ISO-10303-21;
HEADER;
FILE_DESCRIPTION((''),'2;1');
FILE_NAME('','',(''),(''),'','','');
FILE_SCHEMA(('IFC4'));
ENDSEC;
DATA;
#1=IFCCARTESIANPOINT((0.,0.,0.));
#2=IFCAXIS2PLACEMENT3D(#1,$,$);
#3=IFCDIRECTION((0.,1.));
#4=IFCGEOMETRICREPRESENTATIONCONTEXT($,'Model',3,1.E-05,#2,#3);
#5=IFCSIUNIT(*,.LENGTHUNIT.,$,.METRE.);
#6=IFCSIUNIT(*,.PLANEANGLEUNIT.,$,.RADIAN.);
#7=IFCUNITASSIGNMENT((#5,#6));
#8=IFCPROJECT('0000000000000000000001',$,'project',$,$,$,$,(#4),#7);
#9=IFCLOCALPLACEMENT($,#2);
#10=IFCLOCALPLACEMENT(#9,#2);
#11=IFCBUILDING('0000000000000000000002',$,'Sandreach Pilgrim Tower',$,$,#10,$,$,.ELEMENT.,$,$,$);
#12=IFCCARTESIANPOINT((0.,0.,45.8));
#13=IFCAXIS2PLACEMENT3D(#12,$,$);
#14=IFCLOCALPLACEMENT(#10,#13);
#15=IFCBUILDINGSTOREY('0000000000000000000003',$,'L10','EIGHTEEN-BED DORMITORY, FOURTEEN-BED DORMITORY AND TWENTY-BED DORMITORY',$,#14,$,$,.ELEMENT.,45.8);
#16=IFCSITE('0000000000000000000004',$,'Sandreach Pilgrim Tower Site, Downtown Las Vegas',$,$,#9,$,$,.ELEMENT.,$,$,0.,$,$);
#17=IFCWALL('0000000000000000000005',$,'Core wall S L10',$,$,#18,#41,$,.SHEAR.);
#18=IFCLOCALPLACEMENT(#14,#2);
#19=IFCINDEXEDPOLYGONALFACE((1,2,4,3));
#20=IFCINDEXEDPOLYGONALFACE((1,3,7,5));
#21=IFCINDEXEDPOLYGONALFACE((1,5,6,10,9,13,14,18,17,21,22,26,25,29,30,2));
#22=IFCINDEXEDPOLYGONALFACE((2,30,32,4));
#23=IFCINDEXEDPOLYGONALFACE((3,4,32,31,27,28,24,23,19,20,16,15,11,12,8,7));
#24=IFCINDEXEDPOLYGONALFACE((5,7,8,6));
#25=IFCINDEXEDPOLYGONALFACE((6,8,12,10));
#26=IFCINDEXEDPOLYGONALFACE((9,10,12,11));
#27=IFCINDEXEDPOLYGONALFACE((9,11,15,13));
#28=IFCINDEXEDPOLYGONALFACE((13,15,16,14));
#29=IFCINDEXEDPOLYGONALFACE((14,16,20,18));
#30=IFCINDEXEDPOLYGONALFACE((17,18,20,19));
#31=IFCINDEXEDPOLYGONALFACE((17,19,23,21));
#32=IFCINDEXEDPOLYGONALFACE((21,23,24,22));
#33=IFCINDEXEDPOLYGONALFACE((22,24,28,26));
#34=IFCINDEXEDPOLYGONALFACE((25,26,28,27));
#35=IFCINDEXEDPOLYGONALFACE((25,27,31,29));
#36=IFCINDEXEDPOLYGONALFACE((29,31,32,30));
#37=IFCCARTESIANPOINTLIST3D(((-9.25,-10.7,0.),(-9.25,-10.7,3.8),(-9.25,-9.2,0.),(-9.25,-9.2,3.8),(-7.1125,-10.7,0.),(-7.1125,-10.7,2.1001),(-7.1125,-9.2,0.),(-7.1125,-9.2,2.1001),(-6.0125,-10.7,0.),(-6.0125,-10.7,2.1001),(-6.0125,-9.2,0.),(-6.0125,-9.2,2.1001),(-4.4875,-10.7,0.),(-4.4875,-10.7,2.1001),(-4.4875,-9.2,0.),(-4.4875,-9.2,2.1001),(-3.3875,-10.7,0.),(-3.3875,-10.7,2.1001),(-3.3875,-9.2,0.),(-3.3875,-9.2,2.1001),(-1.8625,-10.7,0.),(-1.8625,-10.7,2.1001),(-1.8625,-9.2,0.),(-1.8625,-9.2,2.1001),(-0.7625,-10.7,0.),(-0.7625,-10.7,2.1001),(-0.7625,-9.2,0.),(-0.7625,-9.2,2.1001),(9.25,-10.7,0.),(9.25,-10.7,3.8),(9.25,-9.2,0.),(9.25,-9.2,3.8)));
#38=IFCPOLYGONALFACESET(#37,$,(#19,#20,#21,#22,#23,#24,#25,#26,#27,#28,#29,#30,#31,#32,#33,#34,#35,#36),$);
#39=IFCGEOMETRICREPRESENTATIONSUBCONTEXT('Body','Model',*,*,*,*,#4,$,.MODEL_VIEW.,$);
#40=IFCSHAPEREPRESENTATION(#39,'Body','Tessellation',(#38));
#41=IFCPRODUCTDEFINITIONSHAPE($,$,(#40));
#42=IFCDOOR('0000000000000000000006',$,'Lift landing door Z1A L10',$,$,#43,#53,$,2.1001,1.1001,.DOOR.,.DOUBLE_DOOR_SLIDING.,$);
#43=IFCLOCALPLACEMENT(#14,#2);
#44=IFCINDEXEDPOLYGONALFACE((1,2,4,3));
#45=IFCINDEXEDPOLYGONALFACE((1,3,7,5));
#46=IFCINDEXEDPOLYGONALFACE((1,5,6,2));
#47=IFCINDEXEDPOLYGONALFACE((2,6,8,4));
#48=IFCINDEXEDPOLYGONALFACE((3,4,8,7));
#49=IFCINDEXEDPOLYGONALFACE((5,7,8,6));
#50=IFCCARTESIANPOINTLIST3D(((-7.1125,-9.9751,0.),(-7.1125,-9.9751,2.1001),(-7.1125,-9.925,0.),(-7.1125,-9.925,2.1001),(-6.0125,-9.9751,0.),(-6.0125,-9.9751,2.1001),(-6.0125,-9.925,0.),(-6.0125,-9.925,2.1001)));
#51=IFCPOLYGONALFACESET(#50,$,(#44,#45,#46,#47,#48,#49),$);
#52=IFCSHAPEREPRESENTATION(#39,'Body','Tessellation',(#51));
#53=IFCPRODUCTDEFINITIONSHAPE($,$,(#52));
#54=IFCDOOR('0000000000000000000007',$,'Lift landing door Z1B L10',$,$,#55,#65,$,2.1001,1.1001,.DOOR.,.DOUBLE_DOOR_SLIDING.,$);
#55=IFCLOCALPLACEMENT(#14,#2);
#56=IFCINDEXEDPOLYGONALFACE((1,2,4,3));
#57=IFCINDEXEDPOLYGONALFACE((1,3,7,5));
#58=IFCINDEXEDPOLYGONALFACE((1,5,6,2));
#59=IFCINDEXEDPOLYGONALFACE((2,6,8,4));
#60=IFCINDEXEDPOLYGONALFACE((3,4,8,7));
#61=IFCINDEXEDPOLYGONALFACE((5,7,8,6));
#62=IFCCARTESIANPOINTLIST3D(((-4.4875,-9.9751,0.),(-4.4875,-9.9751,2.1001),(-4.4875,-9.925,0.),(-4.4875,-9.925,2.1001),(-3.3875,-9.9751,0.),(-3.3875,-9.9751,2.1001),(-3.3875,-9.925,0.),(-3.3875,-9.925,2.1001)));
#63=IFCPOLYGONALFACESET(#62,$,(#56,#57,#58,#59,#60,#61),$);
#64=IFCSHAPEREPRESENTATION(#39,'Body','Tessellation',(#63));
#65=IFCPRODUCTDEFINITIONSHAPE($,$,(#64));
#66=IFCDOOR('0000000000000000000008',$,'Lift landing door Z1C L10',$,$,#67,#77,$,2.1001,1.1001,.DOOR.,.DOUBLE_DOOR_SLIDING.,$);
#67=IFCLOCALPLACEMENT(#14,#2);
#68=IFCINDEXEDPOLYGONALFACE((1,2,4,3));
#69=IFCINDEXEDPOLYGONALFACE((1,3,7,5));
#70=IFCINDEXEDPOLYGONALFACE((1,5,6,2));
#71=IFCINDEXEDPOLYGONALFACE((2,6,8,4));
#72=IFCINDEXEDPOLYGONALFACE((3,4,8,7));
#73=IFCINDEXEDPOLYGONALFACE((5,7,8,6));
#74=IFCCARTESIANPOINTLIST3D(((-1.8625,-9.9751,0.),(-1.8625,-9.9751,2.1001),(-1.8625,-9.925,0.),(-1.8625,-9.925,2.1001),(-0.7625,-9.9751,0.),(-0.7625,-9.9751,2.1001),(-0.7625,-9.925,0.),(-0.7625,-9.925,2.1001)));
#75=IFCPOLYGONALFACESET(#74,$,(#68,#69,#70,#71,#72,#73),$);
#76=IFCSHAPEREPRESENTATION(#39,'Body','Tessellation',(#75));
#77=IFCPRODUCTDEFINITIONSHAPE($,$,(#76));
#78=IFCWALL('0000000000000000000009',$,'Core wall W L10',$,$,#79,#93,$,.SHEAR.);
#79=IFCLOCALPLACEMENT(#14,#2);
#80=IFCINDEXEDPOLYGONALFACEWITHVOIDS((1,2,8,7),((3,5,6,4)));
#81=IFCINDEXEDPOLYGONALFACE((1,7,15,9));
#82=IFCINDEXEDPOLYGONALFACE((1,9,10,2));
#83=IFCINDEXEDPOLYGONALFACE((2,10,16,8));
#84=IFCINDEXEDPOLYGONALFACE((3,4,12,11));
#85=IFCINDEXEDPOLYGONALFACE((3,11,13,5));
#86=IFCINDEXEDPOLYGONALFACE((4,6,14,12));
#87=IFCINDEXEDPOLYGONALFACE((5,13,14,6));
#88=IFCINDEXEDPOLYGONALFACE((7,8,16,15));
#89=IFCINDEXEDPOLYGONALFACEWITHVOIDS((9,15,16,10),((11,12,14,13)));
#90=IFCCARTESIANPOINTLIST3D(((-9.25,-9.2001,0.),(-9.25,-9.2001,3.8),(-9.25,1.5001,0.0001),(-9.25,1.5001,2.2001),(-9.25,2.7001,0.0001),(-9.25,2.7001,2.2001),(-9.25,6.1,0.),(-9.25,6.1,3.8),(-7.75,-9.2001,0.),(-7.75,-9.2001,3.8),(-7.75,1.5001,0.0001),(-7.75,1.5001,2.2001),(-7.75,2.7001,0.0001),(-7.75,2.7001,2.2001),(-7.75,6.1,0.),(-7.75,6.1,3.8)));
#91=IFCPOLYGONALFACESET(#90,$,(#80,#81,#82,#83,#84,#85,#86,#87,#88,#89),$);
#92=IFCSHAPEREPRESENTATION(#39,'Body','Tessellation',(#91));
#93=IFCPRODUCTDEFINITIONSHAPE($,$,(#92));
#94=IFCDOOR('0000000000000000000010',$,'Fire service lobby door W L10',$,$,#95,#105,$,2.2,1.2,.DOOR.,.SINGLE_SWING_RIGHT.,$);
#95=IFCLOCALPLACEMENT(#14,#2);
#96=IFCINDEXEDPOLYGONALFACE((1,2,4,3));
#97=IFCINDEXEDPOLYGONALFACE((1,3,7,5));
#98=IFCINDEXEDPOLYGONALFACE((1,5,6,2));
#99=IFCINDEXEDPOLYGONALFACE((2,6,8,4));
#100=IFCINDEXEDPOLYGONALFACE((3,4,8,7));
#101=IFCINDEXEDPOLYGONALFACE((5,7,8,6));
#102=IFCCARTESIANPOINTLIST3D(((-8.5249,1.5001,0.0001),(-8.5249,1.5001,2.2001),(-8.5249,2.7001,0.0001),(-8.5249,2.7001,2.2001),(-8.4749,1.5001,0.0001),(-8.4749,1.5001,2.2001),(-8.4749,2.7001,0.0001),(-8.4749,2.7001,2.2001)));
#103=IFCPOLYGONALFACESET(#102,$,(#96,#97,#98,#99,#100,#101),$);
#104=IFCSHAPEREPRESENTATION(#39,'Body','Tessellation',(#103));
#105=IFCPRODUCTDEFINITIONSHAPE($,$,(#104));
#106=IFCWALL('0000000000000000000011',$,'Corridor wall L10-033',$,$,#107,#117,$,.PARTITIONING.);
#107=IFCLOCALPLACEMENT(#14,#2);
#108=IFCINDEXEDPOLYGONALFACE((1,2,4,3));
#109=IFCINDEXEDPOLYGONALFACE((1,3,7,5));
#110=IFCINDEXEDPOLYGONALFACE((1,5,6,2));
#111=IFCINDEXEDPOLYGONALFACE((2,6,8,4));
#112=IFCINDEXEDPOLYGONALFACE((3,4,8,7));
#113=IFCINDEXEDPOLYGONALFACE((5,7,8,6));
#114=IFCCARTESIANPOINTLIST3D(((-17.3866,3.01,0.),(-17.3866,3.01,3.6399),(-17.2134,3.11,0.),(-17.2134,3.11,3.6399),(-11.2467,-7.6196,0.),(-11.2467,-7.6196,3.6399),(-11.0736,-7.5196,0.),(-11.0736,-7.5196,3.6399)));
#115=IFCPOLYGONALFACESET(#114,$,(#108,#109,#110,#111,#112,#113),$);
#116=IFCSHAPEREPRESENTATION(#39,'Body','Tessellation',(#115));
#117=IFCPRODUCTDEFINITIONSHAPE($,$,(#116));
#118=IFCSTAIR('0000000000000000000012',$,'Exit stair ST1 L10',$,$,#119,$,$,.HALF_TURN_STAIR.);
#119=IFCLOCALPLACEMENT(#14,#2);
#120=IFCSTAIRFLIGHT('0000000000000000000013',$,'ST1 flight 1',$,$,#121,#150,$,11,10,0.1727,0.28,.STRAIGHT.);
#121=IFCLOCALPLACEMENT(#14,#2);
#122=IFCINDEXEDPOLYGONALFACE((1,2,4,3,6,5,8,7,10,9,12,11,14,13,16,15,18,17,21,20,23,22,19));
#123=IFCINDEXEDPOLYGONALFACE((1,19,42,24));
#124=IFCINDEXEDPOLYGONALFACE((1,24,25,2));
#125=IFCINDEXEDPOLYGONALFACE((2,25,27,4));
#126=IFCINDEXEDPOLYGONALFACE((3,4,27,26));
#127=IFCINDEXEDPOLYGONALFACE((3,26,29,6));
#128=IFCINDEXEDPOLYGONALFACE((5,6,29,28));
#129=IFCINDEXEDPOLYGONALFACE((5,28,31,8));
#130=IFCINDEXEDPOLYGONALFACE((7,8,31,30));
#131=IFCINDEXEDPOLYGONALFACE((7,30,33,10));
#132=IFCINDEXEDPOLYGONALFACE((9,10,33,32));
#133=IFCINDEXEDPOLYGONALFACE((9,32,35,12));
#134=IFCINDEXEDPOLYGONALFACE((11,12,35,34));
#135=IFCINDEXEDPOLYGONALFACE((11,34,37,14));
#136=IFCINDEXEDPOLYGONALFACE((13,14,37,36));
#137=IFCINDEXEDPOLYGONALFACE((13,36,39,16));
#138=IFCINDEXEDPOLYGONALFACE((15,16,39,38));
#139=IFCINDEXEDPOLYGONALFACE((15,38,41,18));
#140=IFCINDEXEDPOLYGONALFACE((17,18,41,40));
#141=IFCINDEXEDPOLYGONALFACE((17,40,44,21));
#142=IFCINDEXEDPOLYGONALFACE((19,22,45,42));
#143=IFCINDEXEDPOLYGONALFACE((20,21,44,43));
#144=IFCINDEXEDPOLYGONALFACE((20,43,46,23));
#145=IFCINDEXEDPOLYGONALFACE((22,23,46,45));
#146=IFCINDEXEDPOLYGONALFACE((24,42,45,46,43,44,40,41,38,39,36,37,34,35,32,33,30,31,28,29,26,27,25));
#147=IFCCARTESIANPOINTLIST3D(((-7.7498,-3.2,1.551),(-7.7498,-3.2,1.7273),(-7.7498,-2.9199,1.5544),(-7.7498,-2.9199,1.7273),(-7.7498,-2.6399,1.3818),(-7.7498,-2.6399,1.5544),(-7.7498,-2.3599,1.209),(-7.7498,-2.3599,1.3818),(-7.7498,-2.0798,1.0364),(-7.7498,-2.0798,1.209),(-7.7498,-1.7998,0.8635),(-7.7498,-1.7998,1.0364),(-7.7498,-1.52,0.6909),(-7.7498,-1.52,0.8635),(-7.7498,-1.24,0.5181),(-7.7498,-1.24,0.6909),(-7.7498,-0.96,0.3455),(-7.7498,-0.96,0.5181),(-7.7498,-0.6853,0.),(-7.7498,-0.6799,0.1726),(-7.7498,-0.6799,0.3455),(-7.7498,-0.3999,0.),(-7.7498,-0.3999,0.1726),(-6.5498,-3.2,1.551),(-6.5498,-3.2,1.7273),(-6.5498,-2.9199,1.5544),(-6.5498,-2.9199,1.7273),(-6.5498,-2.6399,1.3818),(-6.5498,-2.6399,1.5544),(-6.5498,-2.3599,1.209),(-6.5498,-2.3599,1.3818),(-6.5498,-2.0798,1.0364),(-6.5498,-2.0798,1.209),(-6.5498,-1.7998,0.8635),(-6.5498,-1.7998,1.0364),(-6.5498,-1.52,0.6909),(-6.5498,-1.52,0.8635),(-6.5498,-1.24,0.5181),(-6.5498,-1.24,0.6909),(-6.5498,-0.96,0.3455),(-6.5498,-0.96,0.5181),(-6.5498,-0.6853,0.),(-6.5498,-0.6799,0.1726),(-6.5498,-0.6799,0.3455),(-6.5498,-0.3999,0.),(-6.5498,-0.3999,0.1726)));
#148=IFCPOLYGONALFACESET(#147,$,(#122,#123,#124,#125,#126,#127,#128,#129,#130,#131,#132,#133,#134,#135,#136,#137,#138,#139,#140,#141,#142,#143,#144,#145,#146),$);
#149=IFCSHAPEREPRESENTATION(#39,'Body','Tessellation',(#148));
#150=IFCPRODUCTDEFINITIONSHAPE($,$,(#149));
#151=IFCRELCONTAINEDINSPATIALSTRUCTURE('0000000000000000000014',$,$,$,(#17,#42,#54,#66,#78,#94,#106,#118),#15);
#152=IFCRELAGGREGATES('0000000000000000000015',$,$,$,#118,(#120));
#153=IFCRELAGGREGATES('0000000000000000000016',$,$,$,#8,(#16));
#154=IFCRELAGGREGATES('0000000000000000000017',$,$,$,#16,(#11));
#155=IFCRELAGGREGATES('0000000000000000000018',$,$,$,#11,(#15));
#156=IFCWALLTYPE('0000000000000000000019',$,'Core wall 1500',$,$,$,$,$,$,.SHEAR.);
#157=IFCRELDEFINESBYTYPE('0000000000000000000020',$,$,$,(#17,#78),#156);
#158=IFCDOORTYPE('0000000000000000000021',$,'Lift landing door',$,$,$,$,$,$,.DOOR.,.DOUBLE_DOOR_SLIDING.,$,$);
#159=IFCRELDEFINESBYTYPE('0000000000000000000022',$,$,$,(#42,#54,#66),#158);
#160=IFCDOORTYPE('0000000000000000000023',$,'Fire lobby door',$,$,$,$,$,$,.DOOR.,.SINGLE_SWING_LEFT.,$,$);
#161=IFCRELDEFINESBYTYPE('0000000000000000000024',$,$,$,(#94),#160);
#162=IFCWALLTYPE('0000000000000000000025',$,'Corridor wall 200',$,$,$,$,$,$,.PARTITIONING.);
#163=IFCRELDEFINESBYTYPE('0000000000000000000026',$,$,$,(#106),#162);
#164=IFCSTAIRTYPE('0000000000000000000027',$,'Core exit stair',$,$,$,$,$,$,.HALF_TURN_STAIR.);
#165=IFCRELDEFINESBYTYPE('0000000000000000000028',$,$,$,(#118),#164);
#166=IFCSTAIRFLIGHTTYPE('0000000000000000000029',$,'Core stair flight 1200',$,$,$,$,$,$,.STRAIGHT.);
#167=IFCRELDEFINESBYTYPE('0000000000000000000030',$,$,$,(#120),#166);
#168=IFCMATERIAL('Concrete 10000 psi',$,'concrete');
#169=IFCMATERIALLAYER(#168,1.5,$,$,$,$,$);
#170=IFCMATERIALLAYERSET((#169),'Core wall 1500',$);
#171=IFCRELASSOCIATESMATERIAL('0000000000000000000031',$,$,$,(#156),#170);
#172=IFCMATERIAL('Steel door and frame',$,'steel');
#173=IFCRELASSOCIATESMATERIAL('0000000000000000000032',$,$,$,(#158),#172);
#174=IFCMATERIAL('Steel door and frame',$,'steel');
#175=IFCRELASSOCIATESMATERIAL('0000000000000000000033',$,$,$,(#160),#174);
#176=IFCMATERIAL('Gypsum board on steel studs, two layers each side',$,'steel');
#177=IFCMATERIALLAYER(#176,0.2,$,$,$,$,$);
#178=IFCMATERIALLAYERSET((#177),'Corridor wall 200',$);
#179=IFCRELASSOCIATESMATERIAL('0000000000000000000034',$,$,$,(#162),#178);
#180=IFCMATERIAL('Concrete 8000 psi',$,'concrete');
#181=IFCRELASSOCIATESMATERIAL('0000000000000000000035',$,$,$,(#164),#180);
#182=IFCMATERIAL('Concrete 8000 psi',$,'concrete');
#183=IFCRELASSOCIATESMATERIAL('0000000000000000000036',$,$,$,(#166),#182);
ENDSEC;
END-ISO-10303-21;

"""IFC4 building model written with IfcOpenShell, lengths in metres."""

from ifc_helpers import new_model, si_unit, direction, frame, frame_2d, origin, place, context, subcontext, project, spatial, polyline, rectangle, outline, extrude, material, layer, layer_set, type_object, element, fill, aggregate, save


model = new_model("IFC4")

# Units and contexts
model_context = context("Model", 3, precision=1e-05, world=origin(), true_north=direction((0.0, 1.0)))
body_context = subcontext(model_context, "Body", "Model", "MODEL_VIEW")
ifc_project = project(units=[si_unit("LENGTHUNIT", "METRE"), si_unit("PLANEANGLEUNIT", "RADIAN")], contexts=[model_context])

# Site, building, storey
site_placement = place(None, origin())
site = spatial("IfcSite", under=ifc_project, at=site_placement, Name="Sandreach Pilgrim Tower Site, Downtown Las Vegas", CompositionType="ELEMENT", RefElevation=0.0)
building_placement = place(site_placement, origin())
building = spatial("IfcBuilding", under=site, at=building_placement, Name="Sandreach Pilgrim Tower", CompositionType="ELEMENT")
storey_placement = place(building_placement, frame((0.0, 0.0, 45.8)))
storey = spatial("IfcBuildingStorey", under=building, at=storey_placement, Name="L10", Description="EIGHTEEN-BED DORMITORY, FOURTEEN-BED DORMITORY AND TWENTY-BED DORMITORY", CompositionType="ELEMENT", Elevation=45.8)

# Wall, openings, doors
ifc_material_1 = material(Name="Concrete 10000 psi", Category="concrete")
ifc_layer_1 = layer(ifc_material_1, 1.5)
ifc_layer_set_1 = layer_set([ifc_layer_1], Name="Core wall 1500")
wall_type_1 = type_object("IfcWallType", Name="Core wall 1500", PredefinedType="SHEAR", material=ifc_layer_set_1)
wall_1_placement = place(storey_placement, frame((-9.25, -9.95, 0.0), z_axis=(0.0, 0.0, 1.0), x_axis=(1.0, 0.0, 0.0)))
wall_1 = element("IfcWall", 1, at=wall_1_placement, inside=storey, type_object=wall_type_1, Name="Core wall S L10", PredefinedType="SHEAR", context=body_context, shape_type="SweptSolid", body=[
    extrude(rectangle(XDim=18.5, YDim=1.5, at=frame_2d((9.25, 0.0))), origin(), (0.0, 0.0, 1.0), 3.8),
])
opening_1_placement = place(wall_1_placement, frame((2.1375, 0.0, 0.0)))
opening_1 = element("IfcOpeningElement", 2, at=opening_1_placement, cuts=wall_1, PredefinedType="OPENING", context=body_context, shape_type="SweptSolid", body=[
    extrude(rectangle(XDim=1.1001, YDim=2.1001, at=frame_2d((0.55, 1.05))), frame((0.0, 0.75, 0.0), z_axis=(0.0, -1.0, 0.0), x_axis=(1.0, 0.0, 0.0)), (0.0, 0.0, 1.0), 1.5),
])
opening_2_placement = place(wall_1_placement, frame((4.7625, 0.0, 0.0)))
opening_2 = element("IfcOpeningElement", 3, at=opening_2_placement, cuts=wall_1, PredefinedType="OPENING", context=body_context, shape_type="SweptSolid", body=[
    extrude(rectangle(XDim=1.1001, YDim=2.1001, at=frame_2d((0.55, 1.05))), frame((0.0, 0.75, 0.0), z_axis=(0.0, -1.0, 0.0), x_axis=(1.0, 0.0, 0.0)), (0.0, 0.0, 1.0), 1.5),
])
opening_3_placement = place(wall_1_placement, frame((7.3875, 0.0, 0.0)))
opening_3 = element("IfcOpeningElement", 4, at=opening_3_placement, cuts=wall_1, PredefinedType="OPENING", context=body_context, shape_type="SweptSolid", body=[
    extrude(rectangle(XDim=1.1001, YDim=2.1001, at=frame_2d((0.55, 1.05))), frame((0.0, 0.75, 0.0), z_axis=(0.0, -1.0, 0.0), x_axis=(1.0, 0.0, 0.0)), (0.0, 0.0, 1.0), 1.5),
])
ifc_material_2 = material(Name="Steel door and frame", Category="steel")
door_type_1 = type_object("IfcDoorType", Name="Lift landing door", OperationType="DOUBLE_DOOR_SLIDING", PredefinedType="DOOR", material=ifc_material_2)
door_1_placement = place(opening_1_placement, origin())
door_1 = element("IfcDoor", 5, at=door_1_placement, inside=storey, type_object=door_type_1, Name="Lift landing door Z1A L10", OperationType="DOUBLE_DOOR_SLIDING", OverallHeight=2.1001, OverallWidth=1.1001, PredefinedType="DOOR", context=body_context, shape_type="SweptSolid", body=[
    extrude(rectangle(XDim=1.1001, YDim=2.1001, at=frame_2d((0.55, 1.05))), frame((0.0, 0.0249, 0.0), z_axis=(0.0, -1.0, 0.0), x_axis=(1.0, 0.0, 0.0)), (0.0, 0.0, 1.0), 0.05),
])
fill(opening_1, door_1)
door_2_placement = place(opening_2_placement, origin())
door_2 = element("IfcDoor", 6, at=door_2_placement, inside=storey, type_object=door_type_1, Name="Lift landing door Z1B L10", OperationType="DOUBLE_DOOR_SLIDING", OverallHeight=2.1001, OverallWidth=1.1001, PredefinedType="DOOR", context=body_context, shape_type="SweptSolid", body=[
    extrude(rectangle(XDim=1.1001, YDim=2.1001, at=frame_2d((0.55, 1.05))), frame((0.0, 0.0249, 0.0), z_axis=(0.0, -1.0, 0.0), x_axis=(1.0, 0.0, 0.0)), (0.0, 0.0, 1.0), 0.05),
])
fill(opening_2, door_2)
door_3_placement = place(opening_3_placement, origin())
door_3 = element("IfcDoor", 7, at=door_3_placement, inside=storey, type_object=door_type_1, Name="Lift landing door Z1C L10", OperationType="DOUBLE_DOOR_SLIDING", OverallHeight=2.1001, OverallWidth=1.1001, PredefinedType="DOOR", context=body_context, shape_type="SweptSolid", body=[
    extrude(rectangle(XDim=1.1001, YDim=2.1001, at=frame_2d((0.55, 1.05))), frame((0.0, 0.0249, 0.0), z_axis=(0.0, -1.0, 0.0), x_axis=(1.0, 0.0, 0.0)), (0.0, 0.0, 1.0), 0.05),
])
fill(opening_3, door_3)

# Wall, opening, door
wall_2_placement = place(storey_placement, frame((-8.5, -9.2, 0.0), z_axis=(0.0, 0.0, 1.0), x_axis=(0.0, 1.0, 0.0)))
wall_2 = element("IfcWall", 8, at=wall_2_placement, inside=storey, type_object=wall_type_1, Name="Core wall W L10", PredefinedType="SHEAR", context=body_context, shape_type="SweptSolid", body=[
    extrude(rectangle(XDim=15.3, YDim=1.5, at=frame_2d((7.6499, 0.0))), origin(), (0.0, 0.0, 1.0), 3.8),
])
opening_4_placement = place(wall_2_placement, frame((10.7, 0.0, 0.0)))
opening_4 = element("IfcOpeningElement", 9, at=opening_4_placement, cuts=wall_2, PredefinedType="OPENING", context=body_context, shape_type="SweptSolid", body=[
    extrude(rectangle(XDim=1.2, YDim=2.2, at=frame_2d((0.6001, 1.1001))), frame((0.0, 0.75, 0.0), z_axis=(0.0, -1.0, 0.0), x_axis=(1.0, 0.0, 0.0)), (0.0, 0.0, 1.0), 1.5),
])
ifc_material_3 = material(Name="Steel door and frame", Category="steel")
door_type_2 = type_object("IfcDoorType", Name="Fire lobby door", OperationType="SINGLE_SWING_LEFT", PredefinedType="DOOR", material=ifc_material_3)
door_4_placement = place(opening_4_placement, origin())
door_4 = element("IfcDoor", 10, at=door_4_placement, inside=storey, type_object=door_type_2, Name="Fire service lobby door W L10", OperationType="SINGLE_SWING_RIGHT", OverallHeight=2.2, OverallWidth=1.2, PredefinedType="DOOR", context=body_context, shape_type="SweptSolid", body=[
    extrude(rectangle(XDim=1.2, YDim=2.2, at=frame_2d((0.6001, 1.1001))), frame((0.0, 0.0249, 0.0), z_axis=(0.0, -1.0, 0.0), x_axis=(1.0, 0.0, 0.0)), (0.0, 0.0, 1.0), 0.05),
])
fill(opening_4, door_4)
ifc_material_4 = material(Name="Gypsum board on steel studs, two layers each side", Category="steel")
ifc_layer_2 = layer(ifc_material_4, 0.2)
ifc_layer_set_2 = layer_set([ifc_layer_2], Name="Corridor wall 200")
wall_type_2 = type_object("IfcWallType", Name="Corridor wall 200", PredefinedType="PARTITIONING", material=ifc_layer_set_2)

# Wall
wall_3_placement = place(storey_placement, frame((-11.1602, -7.5696, 0.0), z_axis=(0.0, 0.0, 1.0), x_axis=(-0.500175, 0.865924, 0.0)))
element("IfcWall", 11, at=wall_3_placement, inside=storey, type_object=wall_type_2, Name="Corridor wall L10-033", PredefinedType="PARTITIONING", context=body_context, shape_type="SweptSolid", body=[
    extrude(rectangle(XDim=12.2754, YDim=0.2, at=frame_2d((6.1377, 0.0))), origin(), (0.0, 0.0, 1.0), 3.6399),
])

# Stair, stair flight
ifc_material_5 = material(Name="Concrete 8000 psi", Category="concrete")
stair_type = type_object("IfcStairType", Name="Core exit stair", PredefinedType="HALF_TURN_STAIR", material=ifc_material_5)
stair_placement = place(storey_placement, origin())
stair = element("IfcStair", 12, at=stair_placement, inside=storey, type_object=stair_type, Name="Exit stair ST1 L10", PredefinedType="HALF_TURN_STAIR")
ifc_material_6 = material(Name="Concrete 8000 psi", Category="concrete")
stair_flight_type = type_object("IfcStairFlightType", Name="Core stair flight 1200", PredefinedType="STRAIGHT", material=ifc_material_6)
stair_flight_placement = place(storey_placement, frame((-7.1499, -0.3999, 0.0), z_axis=(0.0, 0.0, 1.0), x_axis=(0.0, -1.0, 0.0)))
stair_flight = element("IfcStairFlight", 13, at=stair_flight_placement, type_object=stair_flight_type, Name="ST1 flight 1", NumberOfRisers=11, NumberOfTreads=10, PredefinedType="STRAIGHT", RiserHeight=0.1727, TreadLength=0.28, context=body_context, shape_type="SweptSolid", body=[
    extrude(outline(polyline([(0.0, 0.0), (0.0, 0.1726), (0.28, 0.1726), (0.28, 0.3455), (0.5601, 0.3455), (0.5601, 0.5181), (0.8401, 0.5181), (0.8401, 0.6909), (1.1201, 0.6909), (1.1201, 0.8635), (1.3999, 0.8635), (1.3999, 1.0364), (1.6799, 1.0364), (1.6799, 1.209), (1.96, 1.209), (1.96, 1.3818), (2.24, 1.3818), (2.24, 1.5544), (2.52, 1.5544), (2.52, 1.7273), (2.8, 1.7273), (2.8, 1.8999), (2.8, 1.551), (0.2854, 0.0), (0.0, 0.0)])), frame((0.0, 0.6001, 0.0), z_axis=(0.0, -1.0, 0.0), x_axis=(1.0, 0.0, 0.0)), (0.0, 0.0, 1.0), 1.2),
])
aggregate(stair, [stair_flight])

save(model, "model.ifc")
